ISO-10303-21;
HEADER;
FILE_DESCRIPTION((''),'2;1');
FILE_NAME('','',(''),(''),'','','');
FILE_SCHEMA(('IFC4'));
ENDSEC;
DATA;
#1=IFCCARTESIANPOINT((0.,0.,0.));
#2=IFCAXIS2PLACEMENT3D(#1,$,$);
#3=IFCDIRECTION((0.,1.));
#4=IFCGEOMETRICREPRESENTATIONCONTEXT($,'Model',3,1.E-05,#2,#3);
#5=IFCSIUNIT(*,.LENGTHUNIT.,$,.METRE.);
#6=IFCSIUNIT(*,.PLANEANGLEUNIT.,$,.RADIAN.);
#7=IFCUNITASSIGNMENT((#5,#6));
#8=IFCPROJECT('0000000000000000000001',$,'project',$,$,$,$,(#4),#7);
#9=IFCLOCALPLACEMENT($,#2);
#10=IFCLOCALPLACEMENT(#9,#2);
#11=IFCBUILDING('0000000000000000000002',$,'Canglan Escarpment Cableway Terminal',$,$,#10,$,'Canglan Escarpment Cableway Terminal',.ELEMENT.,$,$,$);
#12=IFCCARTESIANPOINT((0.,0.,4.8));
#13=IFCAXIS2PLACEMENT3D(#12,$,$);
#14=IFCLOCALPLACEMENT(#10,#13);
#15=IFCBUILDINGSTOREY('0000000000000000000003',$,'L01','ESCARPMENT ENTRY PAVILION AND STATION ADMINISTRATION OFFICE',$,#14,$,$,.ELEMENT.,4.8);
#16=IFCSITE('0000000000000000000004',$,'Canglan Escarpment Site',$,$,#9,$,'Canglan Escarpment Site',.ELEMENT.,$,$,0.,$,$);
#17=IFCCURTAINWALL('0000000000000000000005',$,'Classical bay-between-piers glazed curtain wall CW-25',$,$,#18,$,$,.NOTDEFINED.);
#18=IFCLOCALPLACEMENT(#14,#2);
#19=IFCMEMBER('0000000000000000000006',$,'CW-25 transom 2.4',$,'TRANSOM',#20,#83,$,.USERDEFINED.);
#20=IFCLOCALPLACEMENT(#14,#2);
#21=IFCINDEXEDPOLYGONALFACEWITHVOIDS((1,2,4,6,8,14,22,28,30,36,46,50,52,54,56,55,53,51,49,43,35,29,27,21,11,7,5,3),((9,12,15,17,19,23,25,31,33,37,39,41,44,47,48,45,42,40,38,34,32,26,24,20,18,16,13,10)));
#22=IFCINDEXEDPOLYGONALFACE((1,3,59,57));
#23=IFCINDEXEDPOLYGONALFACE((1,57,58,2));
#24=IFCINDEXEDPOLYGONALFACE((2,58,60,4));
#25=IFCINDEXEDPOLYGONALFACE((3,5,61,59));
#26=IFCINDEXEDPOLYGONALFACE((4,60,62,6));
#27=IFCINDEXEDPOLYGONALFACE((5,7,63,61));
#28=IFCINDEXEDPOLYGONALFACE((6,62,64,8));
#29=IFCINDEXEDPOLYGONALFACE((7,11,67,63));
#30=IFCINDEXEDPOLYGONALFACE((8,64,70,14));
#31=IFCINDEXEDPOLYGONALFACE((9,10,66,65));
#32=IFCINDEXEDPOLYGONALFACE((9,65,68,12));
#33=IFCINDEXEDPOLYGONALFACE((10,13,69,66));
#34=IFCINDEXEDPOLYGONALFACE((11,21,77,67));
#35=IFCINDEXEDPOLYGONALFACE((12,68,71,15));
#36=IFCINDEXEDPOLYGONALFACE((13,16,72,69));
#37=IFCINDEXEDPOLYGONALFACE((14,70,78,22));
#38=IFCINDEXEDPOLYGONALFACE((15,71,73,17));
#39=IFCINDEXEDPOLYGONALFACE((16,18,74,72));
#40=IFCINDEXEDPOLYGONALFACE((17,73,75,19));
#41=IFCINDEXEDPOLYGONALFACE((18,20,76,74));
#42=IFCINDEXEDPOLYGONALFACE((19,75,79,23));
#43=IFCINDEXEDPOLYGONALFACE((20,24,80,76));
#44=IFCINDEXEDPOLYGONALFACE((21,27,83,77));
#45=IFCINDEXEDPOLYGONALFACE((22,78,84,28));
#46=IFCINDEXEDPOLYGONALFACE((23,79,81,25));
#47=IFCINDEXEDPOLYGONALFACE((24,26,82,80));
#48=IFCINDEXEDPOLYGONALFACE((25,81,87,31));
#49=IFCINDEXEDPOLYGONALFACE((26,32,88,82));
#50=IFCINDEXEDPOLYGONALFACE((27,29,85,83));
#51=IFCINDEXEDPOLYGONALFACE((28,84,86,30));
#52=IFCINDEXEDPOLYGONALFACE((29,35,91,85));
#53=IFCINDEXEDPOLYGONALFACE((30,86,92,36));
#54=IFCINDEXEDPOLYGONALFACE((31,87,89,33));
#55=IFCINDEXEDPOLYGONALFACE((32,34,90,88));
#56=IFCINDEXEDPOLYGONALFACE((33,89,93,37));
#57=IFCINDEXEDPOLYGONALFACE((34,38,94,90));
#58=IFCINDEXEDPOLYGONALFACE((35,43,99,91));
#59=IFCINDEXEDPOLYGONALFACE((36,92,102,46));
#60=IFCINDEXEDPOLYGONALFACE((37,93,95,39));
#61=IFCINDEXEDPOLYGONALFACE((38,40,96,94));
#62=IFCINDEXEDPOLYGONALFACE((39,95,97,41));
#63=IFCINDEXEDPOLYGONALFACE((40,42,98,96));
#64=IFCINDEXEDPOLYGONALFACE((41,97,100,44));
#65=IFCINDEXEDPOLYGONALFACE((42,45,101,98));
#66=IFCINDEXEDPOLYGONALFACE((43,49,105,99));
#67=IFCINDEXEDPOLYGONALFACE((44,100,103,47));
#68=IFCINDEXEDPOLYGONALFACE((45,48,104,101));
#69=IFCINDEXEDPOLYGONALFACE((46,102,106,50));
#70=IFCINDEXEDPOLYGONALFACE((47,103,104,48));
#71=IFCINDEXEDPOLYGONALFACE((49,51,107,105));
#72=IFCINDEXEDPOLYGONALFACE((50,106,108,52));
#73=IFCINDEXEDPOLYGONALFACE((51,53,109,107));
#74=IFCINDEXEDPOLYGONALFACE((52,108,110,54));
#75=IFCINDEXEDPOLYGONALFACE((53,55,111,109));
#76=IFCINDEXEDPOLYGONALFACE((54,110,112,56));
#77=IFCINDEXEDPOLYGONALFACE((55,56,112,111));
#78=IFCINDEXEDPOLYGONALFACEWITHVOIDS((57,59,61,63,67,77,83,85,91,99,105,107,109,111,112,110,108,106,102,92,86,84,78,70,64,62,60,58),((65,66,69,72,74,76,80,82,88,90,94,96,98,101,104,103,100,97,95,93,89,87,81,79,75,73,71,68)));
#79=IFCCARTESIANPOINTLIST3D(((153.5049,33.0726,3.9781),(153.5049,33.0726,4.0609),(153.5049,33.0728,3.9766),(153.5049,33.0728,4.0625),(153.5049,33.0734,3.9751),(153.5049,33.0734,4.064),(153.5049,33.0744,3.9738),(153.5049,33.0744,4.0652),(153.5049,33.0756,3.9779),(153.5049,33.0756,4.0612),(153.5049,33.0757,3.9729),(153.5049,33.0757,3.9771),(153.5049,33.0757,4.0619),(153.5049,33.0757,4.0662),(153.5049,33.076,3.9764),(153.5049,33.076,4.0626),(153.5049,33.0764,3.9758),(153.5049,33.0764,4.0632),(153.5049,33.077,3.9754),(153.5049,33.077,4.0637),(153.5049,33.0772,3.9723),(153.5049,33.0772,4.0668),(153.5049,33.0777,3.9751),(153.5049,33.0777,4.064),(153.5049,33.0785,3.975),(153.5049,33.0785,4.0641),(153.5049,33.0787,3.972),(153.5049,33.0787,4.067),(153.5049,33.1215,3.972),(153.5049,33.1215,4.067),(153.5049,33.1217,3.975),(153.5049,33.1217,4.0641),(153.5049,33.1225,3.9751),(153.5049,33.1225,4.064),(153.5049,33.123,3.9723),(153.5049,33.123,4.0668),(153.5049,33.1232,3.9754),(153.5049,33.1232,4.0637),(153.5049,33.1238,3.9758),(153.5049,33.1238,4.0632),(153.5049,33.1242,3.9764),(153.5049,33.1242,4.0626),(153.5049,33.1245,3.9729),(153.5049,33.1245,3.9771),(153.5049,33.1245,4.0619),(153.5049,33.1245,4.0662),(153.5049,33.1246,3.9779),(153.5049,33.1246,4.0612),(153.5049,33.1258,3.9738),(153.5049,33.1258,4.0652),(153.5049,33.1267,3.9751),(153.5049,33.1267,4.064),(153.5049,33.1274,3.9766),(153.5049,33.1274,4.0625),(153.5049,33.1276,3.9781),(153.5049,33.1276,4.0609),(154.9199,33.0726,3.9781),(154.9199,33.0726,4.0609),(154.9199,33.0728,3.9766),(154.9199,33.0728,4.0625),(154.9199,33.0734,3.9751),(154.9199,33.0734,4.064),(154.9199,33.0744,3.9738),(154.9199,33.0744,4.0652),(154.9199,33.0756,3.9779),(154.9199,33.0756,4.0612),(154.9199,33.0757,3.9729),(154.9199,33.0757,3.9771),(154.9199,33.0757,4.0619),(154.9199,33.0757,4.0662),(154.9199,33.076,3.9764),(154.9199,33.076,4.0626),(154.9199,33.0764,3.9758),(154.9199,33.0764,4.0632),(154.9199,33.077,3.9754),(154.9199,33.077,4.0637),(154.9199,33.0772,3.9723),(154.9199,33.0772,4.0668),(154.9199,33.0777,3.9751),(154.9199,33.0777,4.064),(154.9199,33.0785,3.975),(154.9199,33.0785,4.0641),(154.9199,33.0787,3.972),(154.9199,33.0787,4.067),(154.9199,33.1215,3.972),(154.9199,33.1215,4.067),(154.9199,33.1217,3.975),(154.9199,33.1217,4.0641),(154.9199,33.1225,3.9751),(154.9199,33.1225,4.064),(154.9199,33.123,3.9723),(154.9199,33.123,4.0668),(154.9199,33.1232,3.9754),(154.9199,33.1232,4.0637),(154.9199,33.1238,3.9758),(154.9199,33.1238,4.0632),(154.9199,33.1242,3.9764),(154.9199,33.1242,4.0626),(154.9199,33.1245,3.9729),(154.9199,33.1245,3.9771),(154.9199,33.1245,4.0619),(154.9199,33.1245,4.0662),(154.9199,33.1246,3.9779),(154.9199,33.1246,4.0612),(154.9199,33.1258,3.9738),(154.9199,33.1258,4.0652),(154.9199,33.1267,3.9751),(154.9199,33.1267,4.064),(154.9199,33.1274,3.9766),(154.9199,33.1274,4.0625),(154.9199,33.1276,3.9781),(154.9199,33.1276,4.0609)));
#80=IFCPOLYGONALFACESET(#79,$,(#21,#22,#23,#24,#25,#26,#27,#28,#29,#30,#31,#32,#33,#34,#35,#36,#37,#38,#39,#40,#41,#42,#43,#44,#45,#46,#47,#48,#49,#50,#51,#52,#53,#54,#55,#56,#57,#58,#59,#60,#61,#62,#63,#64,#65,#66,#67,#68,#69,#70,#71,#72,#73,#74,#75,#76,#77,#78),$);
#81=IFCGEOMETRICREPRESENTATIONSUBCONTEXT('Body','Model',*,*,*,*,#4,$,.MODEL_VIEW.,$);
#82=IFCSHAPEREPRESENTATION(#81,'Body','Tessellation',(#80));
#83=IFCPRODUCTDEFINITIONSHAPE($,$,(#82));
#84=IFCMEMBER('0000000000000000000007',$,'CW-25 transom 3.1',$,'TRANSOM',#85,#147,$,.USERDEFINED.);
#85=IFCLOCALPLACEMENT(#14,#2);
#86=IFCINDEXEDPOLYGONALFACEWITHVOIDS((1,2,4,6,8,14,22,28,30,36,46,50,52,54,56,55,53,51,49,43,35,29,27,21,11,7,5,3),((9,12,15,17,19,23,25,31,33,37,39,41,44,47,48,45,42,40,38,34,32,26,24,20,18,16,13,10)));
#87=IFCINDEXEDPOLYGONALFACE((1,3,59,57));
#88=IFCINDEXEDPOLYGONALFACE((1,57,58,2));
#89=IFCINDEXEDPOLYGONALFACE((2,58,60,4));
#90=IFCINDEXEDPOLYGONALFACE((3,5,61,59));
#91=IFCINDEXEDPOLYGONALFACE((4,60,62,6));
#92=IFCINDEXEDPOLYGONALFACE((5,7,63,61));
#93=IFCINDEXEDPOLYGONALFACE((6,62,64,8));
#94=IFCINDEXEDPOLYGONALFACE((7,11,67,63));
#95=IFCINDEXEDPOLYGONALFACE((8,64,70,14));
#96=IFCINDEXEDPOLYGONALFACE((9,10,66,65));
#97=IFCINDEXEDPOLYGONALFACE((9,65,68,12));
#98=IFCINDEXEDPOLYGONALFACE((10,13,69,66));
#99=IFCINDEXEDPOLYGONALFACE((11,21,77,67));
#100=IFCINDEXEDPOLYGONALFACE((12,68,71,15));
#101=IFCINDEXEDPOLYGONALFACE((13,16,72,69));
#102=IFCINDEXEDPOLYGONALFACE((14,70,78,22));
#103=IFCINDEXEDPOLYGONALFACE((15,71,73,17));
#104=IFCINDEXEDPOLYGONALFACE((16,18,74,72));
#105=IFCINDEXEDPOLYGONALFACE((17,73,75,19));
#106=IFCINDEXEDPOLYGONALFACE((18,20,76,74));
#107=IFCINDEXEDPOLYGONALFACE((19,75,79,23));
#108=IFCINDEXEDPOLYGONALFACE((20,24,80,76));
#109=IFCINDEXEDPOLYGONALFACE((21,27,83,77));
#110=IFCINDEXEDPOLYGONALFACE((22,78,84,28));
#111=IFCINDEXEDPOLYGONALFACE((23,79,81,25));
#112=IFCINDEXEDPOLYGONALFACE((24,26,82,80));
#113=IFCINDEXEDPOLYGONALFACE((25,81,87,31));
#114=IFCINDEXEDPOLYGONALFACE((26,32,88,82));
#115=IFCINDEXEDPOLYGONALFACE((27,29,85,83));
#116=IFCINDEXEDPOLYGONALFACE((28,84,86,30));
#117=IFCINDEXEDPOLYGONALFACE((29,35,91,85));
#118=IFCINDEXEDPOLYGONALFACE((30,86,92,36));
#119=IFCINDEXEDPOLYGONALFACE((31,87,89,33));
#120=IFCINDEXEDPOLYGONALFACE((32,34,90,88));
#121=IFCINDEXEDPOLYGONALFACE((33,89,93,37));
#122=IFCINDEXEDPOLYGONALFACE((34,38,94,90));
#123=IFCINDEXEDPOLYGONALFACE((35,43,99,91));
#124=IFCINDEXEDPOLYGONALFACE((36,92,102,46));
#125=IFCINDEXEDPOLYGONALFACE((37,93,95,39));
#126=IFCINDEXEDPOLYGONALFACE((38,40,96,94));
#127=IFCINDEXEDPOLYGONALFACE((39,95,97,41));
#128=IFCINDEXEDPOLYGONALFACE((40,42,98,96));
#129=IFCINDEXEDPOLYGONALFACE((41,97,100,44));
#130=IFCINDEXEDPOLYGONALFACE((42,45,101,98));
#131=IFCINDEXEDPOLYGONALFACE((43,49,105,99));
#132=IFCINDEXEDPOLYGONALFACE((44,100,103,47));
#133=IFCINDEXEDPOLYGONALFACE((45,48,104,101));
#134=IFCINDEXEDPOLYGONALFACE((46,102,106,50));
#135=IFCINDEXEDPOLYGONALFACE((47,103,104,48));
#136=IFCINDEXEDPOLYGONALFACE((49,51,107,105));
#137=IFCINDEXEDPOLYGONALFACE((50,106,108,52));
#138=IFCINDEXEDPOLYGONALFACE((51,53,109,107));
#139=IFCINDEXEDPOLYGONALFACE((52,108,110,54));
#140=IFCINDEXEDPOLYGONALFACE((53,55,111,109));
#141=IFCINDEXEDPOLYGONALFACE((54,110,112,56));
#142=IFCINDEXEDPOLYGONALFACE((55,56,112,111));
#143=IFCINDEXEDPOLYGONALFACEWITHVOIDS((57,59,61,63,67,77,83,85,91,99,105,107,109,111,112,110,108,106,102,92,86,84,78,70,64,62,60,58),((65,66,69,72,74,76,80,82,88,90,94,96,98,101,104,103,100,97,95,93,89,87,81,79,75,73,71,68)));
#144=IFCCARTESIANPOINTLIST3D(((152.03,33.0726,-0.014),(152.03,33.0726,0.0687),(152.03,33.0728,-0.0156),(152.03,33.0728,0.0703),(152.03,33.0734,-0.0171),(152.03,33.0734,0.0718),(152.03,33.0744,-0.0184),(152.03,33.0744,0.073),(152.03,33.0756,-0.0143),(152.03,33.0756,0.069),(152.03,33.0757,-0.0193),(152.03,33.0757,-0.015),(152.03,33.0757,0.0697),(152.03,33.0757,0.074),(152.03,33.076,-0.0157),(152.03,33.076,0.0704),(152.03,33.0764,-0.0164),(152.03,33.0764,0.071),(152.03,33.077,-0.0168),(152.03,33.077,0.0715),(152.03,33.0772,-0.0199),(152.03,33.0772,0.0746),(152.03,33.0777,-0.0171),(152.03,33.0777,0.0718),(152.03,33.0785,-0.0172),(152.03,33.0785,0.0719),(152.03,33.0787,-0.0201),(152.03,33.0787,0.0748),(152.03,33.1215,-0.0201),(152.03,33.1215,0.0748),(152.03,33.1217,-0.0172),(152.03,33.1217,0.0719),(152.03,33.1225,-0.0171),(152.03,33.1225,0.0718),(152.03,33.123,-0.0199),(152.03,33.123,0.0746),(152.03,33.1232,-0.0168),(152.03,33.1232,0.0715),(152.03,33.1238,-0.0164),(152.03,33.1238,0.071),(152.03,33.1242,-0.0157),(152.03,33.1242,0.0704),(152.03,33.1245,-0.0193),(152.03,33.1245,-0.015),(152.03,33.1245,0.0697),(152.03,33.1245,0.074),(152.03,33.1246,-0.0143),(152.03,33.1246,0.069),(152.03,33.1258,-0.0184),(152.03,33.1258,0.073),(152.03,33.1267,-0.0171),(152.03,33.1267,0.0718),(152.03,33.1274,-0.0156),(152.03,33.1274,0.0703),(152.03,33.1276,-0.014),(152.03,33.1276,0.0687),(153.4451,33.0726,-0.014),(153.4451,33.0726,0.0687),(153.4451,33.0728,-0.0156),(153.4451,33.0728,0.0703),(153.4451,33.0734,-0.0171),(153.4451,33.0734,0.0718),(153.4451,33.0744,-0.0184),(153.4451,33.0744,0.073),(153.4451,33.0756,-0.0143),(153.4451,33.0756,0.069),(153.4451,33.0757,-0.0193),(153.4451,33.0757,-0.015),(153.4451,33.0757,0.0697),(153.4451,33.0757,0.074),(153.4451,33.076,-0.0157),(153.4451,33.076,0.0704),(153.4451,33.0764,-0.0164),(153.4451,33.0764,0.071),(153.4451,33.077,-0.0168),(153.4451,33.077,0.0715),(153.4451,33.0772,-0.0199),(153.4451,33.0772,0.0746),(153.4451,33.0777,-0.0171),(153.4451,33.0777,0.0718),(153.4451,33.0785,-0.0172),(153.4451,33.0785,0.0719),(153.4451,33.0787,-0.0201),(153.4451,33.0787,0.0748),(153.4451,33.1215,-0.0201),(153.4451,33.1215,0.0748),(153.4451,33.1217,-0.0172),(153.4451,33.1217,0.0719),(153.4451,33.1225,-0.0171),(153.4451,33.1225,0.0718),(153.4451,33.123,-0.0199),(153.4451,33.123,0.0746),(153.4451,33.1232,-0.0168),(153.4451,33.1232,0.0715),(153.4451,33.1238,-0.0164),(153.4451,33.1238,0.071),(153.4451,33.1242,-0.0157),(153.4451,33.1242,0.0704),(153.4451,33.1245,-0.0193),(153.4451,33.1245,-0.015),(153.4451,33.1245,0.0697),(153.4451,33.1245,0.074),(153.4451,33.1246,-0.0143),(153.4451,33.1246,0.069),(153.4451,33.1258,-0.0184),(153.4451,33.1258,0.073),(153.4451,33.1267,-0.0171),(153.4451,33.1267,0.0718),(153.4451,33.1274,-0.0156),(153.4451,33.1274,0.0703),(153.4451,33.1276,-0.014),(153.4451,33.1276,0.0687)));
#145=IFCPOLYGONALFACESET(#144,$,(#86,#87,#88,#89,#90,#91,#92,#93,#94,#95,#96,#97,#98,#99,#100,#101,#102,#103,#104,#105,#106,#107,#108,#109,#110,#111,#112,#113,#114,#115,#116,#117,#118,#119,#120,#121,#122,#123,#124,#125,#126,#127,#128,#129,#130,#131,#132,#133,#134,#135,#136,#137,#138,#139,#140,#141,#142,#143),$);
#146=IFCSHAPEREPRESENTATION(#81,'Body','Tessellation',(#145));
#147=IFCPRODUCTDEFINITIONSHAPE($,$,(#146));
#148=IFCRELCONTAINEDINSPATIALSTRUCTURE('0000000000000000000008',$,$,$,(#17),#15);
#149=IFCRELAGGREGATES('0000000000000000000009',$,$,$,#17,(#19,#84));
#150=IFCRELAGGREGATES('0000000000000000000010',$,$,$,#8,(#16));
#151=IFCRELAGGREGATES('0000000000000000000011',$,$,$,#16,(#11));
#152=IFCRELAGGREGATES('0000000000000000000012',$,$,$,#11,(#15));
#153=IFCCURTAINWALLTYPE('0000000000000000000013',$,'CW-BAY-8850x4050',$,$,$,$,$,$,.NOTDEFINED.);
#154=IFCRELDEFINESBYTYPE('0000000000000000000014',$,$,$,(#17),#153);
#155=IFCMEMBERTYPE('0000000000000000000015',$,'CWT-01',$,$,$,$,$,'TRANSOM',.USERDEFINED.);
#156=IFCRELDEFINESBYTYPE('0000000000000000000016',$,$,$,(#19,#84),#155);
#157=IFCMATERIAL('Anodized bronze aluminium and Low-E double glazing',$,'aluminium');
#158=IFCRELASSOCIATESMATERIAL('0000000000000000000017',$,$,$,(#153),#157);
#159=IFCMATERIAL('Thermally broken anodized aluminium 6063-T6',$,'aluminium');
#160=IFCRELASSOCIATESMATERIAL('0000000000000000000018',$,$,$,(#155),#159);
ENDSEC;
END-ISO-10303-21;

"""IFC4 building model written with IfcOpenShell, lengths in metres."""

from ifc_helpers import new_model, si_unit, direction, frame, origin, origin_2d, place, context, subcontext, project, spatial, hollow_rectangle, extrude, material, material_profile, profile_set, type_object, element, aggregate, save


model = new_model("IFC4")

# Units and contexts
model_context = context("Model", 3, precision=1e-05, world=origin(), true_north=direction((0.0, 1.0)))
body_context = subcontext(model_context, "Body", "Model", "MODEL_VIEW")
ifc_project = project(units=[si_unit("LENGTHUNIT", "METRE"), si_unit("PLANEANGLEUNIT", "RADIAN")], contexts=[model_context])

# Site, building, storey
site_placement = place(None, origin())
site = spatial("IfcSite", under=ifc_project, at=site_placement, Name="Canglan Escarpment Site", LongName="Canglan Escarpment Site", CompositionType="ELEMENT", RefElevation=0.0)
building_placement = place(site_placement, origin())
building = spatial("IfcBuilding", under=site, at=building_placement, Name="Canglan Escarpment Cableway Terminal", LongName="Canglan Escarpment Cableway Terminal", CompositionType="ELEMENT")
storey_placement = place(building_placement, frame((0.0, 0.0, 4.8)))
storey = spatial("IfcBuildingStorey", under=building, at=storey_placement, Name="L01", Description="ESCARPMENT ENTRY PAVILION AND STATION ADMINISTRATION OFFICE", CompositionType="ELEMENT", Elevation=4.8)

# Curtain wall, members
ifc_material_1 = material(Name="Anodized bronze aluminium and Low-E double glazing", Category="aluminium")
curtain_wall_type = type_object("IfcCurtainWallType", Name="CW-BAY-8850x4050", PredefinedType="NOTDEFINED", material=ifc_material_1)
curtain_wall_placement = place(storey_placement, origin())
curtain_wall = element("IfcCurtainWall", 1, at=curtain_wall_placement, inside=storey, type_object=curtain_wall_type, Name="Classical bay-between-piers glazed curtain wall CW-25", PredefinedType="NOTDEFINED")
ifc_material_2 = material(Name="Thermally broken anodized aluminium 6063-T6", Category="aluminium")
ifc_material_profile_1 = material_profile(ifc_material_2, hollow_rectangle(XDim=0.0549, YDim=0.095, WallThickness=0.0029, InnerFilletRadius=0.0029, OuterFilletRadius=0.0061, at=origin_2d()), Name="ALU-TRAN 55x95x3")
ifc_profile_set_1 = profile_set([ifc_material_profile_1], Name="Thermally broken anodized aluminium 6063-T6")
member_type_1 = type_object("IfcMemberType", Name="CWT-01", ElementType="TRANSOM", PredefinedType="USERDEFINED", material=ifc_profile_set_1)
member_1_placement = place(storey_placement, frame((154.9199, 33.1001, 4.0195), z_axis=(-1.0, 0.0, 0.0), x_axis=(0.0, -1.0, 0.0)))
member_1 = element("IfcMember", 2, at=member_1_placement, type_object=member_type_1, Name="CW-25 transom 2.4", ObjectType="TRANSOM", PredefinedType="USERDEFINED", context=body_context, shape_type="SweptSolid", body=[
    extrude(hollow_rectangle(XDim=0.0549, YDim=0.095, WallThickness=0.0029, InnerFilletRadius=0.0029, OuterFilletRadius=0.0061, at=origin_2d()), origin(), (0.0, 0.0, 1.0), 1.415),
])
member_2_placement = place(storey_placement, frame((153.4451, 33.1001, 0.0273), z_axis=(-1.0, 0.0, 0.0), x_axis=(0.0, -1.0, 0.0)))
member_2 = element("IfcMember", 3, at=member_2_placement, type_object=member_type_1, Name="CW-25 transom 3.1", ObjectType="TRANSOM", PredefinedType="USERDEFINED", context=body_context, shape_type="SweptSolid", body=[
    extrude(hollow_rectangle(XDim=0.0549, YDim=0.095, WallThickness=0.0029, InnerFilletRadius=0.0029, OuterFilletRadius=0.0061, at=origin_2d()), origin(), (0.0, 0.0, 1.0), 1.415),
])
aggregate(curtain_wall, [member_1, member_2])

save(model, "model.ifc")
